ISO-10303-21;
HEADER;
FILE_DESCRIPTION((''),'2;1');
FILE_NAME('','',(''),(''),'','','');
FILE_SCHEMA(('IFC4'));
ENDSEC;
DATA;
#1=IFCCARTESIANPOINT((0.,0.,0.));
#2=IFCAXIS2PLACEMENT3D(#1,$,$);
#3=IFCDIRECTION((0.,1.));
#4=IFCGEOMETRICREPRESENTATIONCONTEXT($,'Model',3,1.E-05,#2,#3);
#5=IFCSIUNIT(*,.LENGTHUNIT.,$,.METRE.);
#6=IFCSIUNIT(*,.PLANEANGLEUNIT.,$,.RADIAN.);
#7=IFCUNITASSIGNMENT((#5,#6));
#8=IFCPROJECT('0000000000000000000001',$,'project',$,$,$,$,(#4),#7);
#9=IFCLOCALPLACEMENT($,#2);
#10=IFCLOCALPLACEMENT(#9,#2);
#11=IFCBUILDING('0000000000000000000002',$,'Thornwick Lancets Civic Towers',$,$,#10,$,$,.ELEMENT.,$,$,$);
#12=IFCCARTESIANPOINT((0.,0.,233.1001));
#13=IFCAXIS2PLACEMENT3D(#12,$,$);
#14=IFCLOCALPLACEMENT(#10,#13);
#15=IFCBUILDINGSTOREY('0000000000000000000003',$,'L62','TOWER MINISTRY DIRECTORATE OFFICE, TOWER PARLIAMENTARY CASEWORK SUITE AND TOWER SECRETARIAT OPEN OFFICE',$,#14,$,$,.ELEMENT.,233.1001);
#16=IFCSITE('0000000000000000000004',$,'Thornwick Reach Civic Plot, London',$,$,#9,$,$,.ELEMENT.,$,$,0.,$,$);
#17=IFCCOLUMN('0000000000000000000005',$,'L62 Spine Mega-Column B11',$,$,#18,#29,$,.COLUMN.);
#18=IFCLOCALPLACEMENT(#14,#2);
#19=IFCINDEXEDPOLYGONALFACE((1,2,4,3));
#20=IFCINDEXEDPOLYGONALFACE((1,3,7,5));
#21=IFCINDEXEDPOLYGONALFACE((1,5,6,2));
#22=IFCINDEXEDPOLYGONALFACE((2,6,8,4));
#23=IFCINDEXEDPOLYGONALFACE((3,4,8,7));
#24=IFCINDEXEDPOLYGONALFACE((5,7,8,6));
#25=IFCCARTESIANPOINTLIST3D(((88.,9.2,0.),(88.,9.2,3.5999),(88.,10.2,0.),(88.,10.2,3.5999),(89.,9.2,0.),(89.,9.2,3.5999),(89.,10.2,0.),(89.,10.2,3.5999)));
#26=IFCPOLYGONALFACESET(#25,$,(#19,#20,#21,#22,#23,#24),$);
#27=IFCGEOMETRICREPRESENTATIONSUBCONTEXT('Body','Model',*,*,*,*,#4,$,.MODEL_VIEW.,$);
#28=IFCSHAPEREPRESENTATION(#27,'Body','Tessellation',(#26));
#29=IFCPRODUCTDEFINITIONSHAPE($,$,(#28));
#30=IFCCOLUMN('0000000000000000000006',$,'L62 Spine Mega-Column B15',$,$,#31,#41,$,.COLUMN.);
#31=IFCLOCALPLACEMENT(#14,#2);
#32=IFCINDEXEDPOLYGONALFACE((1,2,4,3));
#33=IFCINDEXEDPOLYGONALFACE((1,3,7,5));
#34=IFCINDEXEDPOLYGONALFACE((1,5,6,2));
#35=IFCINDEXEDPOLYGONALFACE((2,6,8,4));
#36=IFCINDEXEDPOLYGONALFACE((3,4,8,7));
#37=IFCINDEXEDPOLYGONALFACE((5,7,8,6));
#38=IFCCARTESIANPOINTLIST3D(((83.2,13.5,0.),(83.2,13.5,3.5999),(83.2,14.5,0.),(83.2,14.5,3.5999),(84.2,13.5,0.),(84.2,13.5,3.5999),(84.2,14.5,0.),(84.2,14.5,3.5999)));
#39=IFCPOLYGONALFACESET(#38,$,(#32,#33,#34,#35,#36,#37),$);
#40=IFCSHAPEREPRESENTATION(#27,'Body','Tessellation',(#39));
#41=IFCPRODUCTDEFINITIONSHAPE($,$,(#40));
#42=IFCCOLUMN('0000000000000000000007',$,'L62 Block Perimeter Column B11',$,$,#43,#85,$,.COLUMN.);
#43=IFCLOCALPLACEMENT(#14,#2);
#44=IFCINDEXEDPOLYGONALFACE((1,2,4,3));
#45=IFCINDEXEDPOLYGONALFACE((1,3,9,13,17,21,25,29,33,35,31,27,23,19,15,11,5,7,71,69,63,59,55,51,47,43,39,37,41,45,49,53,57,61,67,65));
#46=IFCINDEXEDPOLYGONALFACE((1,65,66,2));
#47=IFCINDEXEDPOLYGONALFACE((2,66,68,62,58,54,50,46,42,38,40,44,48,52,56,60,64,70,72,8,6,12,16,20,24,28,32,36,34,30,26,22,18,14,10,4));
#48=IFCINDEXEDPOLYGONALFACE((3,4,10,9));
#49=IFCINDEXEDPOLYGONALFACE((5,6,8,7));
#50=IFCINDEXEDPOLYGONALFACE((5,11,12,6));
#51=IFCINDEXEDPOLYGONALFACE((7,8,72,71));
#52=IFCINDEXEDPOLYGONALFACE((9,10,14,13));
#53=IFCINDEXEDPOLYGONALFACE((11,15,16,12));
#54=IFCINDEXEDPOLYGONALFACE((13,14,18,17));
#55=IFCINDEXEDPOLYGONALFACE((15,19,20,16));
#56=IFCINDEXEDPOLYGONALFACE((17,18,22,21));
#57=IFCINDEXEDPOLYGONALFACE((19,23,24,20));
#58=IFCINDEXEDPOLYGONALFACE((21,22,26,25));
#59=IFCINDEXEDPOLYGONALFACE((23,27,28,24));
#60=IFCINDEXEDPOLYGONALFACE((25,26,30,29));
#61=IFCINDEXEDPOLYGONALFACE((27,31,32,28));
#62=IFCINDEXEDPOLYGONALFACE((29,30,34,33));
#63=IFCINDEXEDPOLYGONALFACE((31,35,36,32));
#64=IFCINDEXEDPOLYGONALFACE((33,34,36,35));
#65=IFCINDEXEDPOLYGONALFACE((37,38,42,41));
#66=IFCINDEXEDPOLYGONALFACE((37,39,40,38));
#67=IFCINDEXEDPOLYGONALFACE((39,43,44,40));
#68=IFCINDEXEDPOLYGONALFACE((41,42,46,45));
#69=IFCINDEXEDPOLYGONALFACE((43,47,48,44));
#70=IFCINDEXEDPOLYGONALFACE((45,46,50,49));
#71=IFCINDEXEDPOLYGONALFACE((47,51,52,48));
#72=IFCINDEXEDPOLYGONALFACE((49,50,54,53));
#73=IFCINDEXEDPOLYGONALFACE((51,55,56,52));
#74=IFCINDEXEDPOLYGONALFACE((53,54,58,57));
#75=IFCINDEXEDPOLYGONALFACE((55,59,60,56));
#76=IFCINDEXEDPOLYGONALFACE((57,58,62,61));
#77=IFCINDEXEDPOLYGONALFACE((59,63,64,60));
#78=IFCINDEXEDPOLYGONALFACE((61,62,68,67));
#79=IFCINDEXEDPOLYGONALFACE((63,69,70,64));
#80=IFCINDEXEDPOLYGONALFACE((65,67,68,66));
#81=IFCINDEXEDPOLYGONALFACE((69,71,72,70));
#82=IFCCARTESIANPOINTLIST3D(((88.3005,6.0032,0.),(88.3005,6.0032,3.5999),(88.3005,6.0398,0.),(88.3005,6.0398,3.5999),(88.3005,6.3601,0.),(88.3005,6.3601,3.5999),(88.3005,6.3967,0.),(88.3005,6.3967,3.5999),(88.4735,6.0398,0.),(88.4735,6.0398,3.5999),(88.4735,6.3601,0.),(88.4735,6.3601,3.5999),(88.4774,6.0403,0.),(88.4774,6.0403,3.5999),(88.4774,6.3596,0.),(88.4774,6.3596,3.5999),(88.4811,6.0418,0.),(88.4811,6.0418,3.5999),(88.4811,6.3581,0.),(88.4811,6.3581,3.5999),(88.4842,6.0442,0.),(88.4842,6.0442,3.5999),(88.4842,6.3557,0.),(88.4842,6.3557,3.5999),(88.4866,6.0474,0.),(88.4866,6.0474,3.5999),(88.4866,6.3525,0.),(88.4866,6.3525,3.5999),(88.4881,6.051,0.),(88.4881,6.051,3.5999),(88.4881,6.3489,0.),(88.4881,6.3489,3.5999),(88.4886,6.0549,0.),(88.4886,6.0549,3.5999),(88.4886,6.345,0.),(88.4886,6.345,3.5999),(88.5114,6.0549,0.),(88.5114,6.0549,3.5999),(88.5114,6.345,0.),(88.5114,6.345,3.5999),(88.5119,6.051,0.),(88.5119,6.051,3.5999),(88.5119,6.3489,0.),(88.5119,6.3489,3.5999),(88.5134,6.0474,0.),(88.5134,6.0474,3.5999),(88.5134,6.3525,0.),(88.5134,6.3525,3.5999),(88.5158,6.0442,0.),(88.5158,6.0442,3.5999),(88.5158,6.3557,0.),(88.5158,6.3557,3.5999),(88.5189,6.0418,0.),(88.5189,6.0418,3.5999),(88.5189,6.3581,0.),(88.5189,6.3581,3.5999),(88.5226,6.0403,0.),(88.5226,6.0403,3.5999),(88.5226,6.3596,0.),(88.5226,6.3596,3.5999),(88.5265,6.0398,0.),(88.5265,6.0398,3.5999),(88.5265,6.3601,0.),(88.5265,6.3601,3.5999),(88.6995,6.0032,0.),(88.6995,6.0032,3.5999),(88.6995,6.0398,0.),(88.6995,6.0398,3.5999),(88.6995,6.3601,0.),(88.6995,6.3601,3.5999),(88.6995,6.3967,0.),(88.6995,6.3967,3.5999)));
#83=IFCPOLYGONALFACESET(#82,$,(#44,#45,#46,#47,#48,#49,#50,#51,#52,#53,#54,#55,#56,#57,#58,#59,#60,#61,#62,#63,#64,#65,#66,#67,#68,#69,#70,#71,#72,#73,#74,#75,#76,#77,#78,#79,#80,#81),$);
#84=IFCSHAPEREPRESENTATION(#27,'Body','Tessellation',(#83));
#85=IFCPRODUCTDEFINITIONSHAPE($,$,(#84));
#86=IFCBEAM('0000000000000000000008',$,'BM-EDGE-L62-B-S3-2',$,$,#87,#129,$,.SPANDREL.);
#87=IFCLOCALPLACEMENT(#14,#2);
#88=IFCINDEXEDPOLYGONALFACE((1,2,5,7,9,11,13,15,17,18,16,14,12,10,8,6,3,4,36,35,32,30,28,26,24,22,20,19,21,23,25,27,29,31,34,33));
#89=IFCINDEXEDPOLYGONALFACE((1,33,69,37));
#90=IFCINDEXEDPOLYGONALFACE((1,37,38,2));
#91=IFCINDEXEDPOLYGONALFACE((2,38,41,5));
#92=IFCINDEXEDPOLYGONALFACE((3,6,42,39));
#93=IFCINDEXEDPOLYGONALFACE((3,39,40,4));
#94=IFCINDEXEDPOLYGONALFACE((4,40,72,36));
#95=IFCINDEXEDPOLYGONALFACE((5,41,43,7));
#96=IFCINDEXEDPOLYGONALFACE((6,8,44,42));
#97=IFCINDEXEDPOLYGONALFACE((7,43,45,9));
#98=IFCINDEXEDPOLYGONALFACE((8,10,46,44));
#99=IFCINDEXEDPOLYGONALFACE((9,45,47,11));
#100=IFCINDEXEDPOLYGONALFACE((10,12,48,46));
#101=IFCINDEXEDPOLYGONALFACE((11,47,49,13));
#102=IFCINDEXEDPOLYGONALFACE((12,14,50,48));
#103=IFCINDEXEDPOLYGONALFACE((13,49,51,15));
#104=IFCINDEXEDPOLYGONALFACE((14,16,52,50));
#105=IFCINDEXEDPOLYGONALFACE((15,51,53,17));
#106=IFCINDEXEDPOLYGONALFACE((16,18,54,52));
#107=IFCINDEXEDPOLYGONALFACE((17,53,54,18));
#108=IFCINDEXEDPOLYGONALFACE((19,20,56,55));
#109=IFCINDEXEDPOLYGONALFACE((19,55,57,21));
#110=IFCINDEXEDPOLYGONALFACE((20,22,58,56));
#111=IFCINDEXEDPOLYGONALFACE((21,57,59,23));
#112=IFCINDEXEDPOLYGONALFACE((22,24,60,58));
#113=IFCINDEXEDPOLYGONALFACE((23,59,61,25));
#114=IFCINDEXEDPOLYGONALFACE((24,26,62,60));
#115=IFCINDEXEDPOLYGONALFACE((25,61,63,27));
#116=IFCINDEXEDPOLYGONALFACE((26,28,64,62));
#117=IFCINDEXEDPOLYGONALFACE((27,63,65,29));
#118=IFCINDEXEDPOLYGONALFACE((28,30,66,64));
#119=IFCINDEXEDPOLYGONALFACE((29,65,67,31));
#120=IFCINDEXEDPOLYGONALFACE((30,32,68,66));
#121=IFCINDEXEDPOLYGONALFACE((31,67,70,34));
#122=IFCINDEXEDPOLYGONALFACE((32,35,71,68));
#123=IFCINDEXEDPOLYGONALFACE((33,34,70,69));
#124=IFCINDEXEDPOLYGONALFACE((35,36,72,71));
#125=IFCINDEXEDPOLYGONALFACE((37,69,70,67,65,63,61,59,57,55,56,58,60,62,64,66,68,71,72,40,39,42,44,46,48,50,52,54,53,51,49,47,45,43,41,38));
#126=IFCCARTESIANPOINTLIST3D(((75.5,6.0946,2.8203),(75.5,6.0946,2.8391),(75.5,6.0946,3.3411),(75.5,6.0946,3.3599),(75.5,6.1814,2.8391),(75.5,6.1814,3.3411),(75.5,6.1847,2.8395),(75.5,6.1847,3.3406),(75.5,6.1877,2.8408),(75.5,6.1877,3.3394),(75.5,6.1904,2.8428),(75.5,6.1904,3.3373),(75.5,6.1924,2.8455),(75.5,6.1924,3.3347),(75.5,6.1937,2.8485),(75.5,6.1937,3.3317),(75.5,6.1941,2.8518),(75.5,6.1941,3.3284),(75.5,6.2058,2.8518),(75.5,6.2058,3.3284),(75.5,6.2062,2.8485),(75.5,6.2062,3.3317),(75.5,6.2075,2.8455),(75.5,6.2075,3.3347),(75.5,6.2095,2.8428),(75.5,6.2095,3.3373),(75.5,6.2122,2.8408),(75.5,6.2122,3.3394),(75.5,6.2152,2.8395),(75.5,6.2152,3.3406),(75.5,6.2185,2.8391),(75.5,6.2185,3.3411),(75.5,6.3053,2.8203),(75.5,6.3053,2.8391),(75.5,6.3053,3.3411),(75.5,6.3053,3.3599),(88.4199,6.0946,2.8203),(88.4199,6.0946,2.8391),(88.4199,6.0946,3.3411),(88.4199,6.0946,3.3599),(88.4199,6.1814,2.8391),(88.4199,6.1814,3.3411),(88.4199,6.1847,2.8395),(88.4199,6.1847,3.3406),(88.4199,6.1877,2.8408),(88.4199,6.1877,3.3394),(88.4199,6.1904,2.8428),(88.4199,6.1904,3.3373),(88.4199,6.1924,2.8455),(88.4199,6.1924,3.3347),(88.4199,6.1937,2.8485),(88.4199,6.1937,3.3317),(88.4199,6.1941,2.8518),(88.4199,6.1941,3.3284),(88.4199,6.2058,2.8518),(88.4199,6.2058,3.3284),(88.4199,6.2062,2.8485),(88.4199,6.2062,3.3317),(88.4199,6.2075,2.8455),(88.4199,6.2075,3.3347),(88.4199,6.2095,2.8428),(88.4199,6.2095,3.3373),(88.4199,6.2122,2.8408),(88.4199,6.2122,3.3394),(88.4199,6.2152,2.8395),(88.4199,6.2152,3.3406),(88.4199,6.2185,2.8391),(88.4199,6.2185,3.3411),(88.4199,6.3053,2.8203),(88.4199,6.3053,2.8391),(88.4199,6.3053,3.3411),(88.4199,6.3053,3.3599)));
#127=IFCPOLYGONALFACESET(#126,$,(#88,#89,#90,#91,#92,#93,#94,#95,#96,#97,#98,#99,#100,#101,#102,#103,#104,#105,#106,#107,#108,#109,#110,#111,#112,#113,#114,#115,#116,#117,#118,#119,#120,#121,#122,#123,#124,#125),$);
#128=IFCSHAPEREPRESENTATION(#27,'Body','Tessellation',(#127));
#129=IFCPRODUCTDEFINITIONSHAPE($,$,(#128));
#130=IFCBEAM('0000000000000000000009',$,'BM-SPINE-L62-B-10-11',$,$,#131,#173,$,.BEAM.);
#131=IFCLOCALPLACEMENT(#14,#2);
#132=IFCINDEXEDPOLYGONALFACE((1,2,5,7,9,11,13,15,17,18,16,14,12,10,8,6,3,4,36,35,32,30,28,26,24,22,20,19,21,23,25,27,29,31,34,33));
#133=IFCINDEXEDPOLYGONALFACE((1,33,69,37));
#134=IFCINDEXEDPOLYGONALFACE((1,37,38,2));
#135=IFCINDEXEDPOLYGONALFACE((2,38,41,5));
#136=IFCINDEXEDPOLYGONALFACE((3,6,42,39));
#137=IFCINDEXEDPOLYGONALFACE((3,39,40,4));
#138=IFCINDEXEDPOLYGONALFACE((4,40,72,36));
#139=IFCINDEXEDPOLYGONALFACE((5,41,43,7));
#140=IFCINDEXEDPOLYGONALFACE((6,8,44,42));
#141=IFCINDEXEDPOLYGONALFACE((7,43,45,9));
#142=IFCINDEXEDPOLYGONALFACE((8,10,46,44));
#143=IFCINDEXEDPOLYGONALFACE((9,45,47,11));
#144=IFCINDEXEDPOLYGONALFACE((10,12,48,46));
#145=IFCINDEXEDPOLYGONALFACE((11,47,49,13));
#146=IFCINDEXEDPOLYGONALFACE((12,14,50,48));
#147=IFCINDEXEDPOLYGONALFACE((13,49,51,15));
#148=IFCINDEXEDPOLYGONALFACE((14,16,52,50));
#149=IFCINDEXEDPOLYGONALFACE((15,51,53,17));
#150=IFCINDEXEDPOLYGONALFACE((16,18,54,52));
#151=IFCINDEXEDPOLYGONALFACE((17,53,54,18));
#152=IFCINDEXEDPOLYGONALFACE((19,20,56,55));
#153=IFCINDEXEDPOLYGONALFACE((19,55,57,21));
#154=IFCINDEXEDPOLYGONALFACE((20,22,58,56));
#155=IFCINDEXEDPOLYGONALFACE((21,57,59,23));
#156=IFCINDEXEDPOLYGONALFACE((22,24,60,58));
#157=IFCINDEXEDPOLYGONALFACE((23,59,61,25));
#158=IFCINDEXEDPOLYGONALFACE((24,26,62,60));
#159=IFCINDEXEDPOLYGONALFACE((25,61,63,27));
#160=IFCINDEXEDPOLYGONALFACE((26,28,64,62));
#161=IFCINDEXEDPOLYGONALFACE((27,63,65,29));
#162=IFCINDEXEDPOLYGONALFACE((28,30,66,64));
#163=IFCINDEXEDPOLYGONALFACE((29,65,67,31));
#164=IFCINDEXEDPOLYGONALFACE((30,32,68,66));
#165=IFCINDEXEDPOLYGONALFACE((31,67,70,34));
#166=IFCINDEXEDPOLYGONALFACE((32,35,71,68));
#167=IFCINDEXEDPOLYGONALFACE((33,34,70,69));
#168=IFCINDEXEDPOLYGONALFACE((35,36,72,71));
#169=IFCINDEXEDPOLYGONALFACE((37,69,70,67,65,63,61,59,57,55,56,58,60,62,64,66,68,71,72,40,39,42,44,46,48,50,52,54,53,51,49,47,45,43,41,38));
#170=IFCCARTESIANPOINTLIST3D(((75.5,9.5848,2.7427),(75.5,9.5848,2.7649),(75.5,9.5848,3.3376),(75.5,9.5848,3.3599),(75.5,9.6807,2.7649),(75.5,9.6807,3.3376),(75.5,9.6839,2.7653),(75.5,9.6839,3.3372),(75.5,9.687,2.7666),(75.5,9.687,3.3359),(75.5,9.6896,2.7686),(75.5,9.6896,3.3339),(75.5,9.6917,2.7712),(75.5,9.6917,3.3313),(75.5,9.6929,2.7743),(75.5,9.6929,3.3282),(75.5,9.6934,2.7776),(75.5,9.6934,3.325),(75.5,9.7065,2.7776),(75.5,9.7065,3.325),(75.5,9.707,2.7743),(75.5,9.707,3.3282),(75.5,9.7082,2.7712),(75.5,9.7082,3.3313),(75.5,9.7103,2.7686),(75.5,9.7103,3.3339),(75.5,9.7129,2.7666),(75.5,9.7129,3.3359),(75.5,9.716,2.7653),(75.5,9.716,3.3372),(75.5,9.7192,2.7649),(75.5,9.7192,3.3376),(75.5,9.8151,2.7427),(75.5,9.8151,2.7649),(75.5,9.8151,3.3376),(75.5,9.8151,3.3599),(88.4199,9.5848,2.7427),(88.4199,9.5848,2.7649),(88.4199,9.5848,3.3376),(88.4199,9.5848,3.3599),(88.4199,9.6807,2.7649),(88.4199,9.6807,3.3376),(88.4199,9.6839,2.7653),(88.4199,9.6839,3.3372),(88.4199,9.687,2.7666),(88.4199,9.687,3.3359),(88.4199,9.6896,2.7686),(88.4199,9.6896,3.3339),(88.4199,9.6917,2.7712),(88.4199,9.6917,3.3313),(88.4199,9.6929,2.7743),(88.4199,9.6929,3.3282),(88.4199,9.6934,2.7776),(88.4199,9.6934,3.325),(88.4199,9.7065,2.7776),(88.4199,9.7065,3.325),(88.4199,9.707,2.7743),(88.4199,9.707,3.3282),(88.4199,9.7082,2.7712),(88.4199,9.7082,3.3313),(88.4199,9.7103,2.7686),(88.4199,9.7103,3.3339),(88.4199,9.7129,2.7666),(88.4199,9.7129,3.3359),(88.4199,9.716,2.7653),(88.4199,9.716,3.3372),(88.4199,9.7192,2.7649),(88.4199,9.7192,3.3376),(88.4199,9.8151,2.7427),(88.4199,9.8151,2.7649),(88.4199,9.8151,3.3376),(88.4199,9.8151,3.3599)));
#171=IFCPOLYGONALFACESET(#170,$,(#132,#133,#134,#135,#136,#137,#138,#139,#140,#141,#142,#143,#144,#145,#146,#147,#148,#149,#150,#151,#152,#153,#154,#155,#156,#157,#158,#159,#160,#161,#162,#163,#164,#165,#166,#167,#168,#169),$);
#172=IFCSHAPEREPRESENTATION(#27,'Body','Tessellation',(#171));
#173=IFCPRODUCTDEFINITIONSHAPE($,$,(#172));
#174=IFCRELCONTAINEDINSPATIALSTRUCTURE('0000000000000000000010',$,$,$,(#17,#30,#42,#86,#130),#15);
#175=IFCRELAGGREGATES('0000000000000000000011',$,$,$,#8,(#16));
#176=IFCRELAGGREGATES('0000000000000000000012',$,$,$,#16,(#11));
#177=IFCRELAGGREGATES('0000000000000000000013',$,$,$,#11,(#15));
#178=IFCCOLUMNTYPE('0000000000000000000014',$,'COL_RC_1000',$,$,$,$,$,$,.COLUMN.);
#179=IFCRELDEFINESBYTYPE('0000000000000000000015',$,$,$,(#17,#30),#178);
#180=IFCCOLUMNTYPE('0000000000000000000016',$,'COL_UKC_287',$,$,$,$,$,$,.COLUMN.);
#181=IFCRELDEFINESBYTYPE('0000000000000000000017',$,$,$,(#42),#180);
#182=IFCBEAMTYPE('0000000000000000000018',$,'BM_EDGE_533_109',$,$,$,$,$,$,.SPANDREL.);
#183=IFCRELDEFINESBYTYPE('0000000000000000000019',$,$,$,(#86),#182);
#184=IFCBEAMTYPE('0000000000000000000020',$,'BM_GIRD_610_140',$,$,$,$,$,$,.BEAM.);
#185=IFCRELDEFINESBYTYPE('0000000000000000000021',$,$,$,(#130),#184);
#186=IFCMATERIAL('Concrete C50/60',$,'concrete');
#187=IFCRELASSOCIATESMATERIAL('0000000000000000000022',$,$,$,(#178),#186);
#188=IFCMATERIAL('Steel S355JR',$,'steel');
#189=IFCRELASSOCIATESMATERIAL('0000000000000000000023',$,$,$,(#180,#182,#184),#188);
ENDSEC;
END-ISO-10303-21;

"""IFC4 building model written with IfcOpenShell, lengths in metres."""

from ifc_helpers import new_model, si_unit, direction, frame, origin, origin_2d, place, context, subcontext, project, spatial, rectangle, i_section, extrude, material, material_profile, profile_set, type_object, element, save


model = new_model("IFC4")

# Units and contexts
model_context = context("Model", 3, precision=1e-05, world=origin(), true_north=direction((0.0, 1.0)))
body_context = subcontext(model_context, "Body", "Model", "MODEL_VIEW")
ifc_project = project(units=[si_unit("LENGTHUNIT", "METRE"), si_unit("PLANEANGLEUNIT", "RADIAN")], contexts=[model_context])

# Site, building, storey
site_placement = place(None, origin())
site = spatial("IfcSite", under=ifc_project, at=site_placement, Name="Thornwick Reach Civic Plot, London", CompositionType="ELEMENT", RefElevation=0.0)
building_placement = place(site_placement, origin())
building = spatial("IfcBuilding", under=site, at=building_placement, Name="Thornwick Lancets Civic Towers", CompositionType="ELEMENT")
storey_placement = place(building_placement, frame((0.0, 0.0, 233.1001)))
storey = spatial("IfcBuildingStorey", under=building, at=storey_placement, Name="L62", Description="TOWER MINISTRY DIRECTORATE OFFICE, TOWER PARLIAMENTARY CASEWORK SUITE AND TOWER SECRETARIAT OPEN OFFICE", CompositionType="ELEMENT", Elevation=233.1001)

# Columns
ifc_material_1 = material(Name="Concrete C50/60", Category="concrete")
ifc_material_profile_1 = material_profile(ifc_material_1, rectangle(XDim=1.0, YDim=1.0, at=origin_2d()), Name="RC 1000x1000")
ifc_profile_set_1 = profile_set([ifc_material_profile_1], Name="Concrete C50/60")
column_type_1 = type_object("IfcColumnType", Name="COL_RC_1000", PredefinedType="COLUMN", material=ifc_profile_set_1)
for number, where, z_axis, x_axis, name in (
    (1, (88.5, 9.7, 0.0), (0.0, 0.0, 1.0), (1.0, 0.0, 0.0), "L62 Spine Mega-Column B11"),
    (2, (83.7, 14.0, 0.0), (0.0, 0.0, 1.0), (1.0, 0.0, 0.0), "L62 Spine Mega-Column B15"),
):
    element("IfcColumn", number, at=place(storey_placement, frame(where, z_axis=z_axis, x_axis=x_axis)), inside=storey, type_object=column_type_1, Name=name, PredefinedType="COLUMN", context=body_context, shape_type="SweptSolid", body=[
        extrude(rectangle(XDim=1.0, YDim=1.0, at=origin_2d()), origin(), (0.0, 0.0, 1.0), 3.5999),
    ])
ifc_material_2 = material(Name="Steel S355JR", Category="steel")
ifc_material_profile_2 = material_profile(ifc_material_2, i_section(OverallWidth=0.3989, OverallDepth=0.3936, WebThickness=0.0227, FlangeThickness=0.0366, FilletRadius=0.0151, at=origin_2d()), Name="UKC 356x406x287")
ifc_profile_set_2 = profile_set([ifc_material_profile_2], Name="Steel S355JR")
column_type_2 = type_object("IfcColumnType", Name="COL_UKC_287", PredefinedType="COLUMN", material=ifc_profile_set_2)
column_placement = place(storey_placement, frame((88.5, 6.2, 0.0), z_axis=(0.0, 0.0, 1.0), x_axis=(1.0, 0.0, 0.0)))
element("IfcColumn", 3, at=column_placement, inside=storey, type_object=column_type_2, Name="L62 Block Perimeter Column B11", PredefinedType="COLUMN", context=body_context, shape_type="SweptSolid", body=[
    extrude(i_section(OverallWidth=0.3989, OverallDepth=0.3936, WebThickness=0.0227, FlangeThickness=0.0366, FilletRadius=0.0151, at=origin_2d()), origin(), (0.0, 0.0, 1.0), 3.5999),
])

# Beams
ifc_material_profile_3 = material_profile(ifc_material_2, i_section(OverallWidth=0.2107, OverallDepth=0.5396, WebThickness=0.0117, FlangeThickness=0.0188, FilletRadius=0.0127, at=origin_2d()), Name="UKB 533x210x109")
ifc_profile_set_3 = profile_set([ifc_material_profile_3], Name="Steel S355JR")
beam_type_1 = type_object("IfcBeamType", Name="BM_EDGE_533_109", PredefinedType="SPANDREL", material=ifc_profile_set_3)
beam_1_placement = place(storey_placement, frame((88.4199, 6.2, 3.0901), z_axis=(-1.0, 0.0, 0.0), x_axis=(0.0, -1.0, 0.0)))
element("IfcBeam", 4, at=beam_1_placement, inside=storey, type_object=beam_type_1, Name="BM-EDGE-L62-B-S3-2", PredefinedType="SPANDREL", context=body_context, shape_type="SweptSolid", body=[
    extrude(i_section(OverallWidth=0.2107, OverallDepth=0.5396, WebThickness=0.0117, FlangeThickness=0.0188, FilletRadius=0.0127, at=origin_2d()), origin(), (0.0, 0.0, 1.0), 12.9199),
])
ifc_material_profile_4 = material_profile(ifc_material_2, i_section(OverallWidth=0.2302, OverallDepth=0.6172, WebThickness=0.0132, FlangeThickness=0.0222, FilletRadius=0.0127, at=origin_2d()), Name="UKB 610x229x140")
ifc_profile_set_4 = profile_set([ifc_material_profile_4], Name="Steel S355JR")
beam_type_2 = type_object("IfcBeamType", Name="BM_GIRD_610_140", PredefinedType="BEAM", material=ifc_profile_set_4)
beam_2_placement = place(storey_placement, frame((88.4199, 9.7, 3.0513), z_axis=(-1.0, 0.0, 0.0), x_axis=(0.0, -1.0, 0.0)))
element("IfcBeam", 5, at=beam_2_placement, inside=storey, type_object=beam_type_2, Name="BM-SPINE-L62-B-10-11", PredefinedType="BEAM", context=body_context, shape_type="SweptSolid", body=[
    extrude(i_section(OverallWidth=0.2302, OverallDepth=0.6172, WebThickness=0.0132, FlangeThickness=0.0222, FilletRadius=0.0127, at=origin_2d()), origin(), (0.0, 0.0, 1.0), 12.9199),
])

save(model, "model.ifc")
